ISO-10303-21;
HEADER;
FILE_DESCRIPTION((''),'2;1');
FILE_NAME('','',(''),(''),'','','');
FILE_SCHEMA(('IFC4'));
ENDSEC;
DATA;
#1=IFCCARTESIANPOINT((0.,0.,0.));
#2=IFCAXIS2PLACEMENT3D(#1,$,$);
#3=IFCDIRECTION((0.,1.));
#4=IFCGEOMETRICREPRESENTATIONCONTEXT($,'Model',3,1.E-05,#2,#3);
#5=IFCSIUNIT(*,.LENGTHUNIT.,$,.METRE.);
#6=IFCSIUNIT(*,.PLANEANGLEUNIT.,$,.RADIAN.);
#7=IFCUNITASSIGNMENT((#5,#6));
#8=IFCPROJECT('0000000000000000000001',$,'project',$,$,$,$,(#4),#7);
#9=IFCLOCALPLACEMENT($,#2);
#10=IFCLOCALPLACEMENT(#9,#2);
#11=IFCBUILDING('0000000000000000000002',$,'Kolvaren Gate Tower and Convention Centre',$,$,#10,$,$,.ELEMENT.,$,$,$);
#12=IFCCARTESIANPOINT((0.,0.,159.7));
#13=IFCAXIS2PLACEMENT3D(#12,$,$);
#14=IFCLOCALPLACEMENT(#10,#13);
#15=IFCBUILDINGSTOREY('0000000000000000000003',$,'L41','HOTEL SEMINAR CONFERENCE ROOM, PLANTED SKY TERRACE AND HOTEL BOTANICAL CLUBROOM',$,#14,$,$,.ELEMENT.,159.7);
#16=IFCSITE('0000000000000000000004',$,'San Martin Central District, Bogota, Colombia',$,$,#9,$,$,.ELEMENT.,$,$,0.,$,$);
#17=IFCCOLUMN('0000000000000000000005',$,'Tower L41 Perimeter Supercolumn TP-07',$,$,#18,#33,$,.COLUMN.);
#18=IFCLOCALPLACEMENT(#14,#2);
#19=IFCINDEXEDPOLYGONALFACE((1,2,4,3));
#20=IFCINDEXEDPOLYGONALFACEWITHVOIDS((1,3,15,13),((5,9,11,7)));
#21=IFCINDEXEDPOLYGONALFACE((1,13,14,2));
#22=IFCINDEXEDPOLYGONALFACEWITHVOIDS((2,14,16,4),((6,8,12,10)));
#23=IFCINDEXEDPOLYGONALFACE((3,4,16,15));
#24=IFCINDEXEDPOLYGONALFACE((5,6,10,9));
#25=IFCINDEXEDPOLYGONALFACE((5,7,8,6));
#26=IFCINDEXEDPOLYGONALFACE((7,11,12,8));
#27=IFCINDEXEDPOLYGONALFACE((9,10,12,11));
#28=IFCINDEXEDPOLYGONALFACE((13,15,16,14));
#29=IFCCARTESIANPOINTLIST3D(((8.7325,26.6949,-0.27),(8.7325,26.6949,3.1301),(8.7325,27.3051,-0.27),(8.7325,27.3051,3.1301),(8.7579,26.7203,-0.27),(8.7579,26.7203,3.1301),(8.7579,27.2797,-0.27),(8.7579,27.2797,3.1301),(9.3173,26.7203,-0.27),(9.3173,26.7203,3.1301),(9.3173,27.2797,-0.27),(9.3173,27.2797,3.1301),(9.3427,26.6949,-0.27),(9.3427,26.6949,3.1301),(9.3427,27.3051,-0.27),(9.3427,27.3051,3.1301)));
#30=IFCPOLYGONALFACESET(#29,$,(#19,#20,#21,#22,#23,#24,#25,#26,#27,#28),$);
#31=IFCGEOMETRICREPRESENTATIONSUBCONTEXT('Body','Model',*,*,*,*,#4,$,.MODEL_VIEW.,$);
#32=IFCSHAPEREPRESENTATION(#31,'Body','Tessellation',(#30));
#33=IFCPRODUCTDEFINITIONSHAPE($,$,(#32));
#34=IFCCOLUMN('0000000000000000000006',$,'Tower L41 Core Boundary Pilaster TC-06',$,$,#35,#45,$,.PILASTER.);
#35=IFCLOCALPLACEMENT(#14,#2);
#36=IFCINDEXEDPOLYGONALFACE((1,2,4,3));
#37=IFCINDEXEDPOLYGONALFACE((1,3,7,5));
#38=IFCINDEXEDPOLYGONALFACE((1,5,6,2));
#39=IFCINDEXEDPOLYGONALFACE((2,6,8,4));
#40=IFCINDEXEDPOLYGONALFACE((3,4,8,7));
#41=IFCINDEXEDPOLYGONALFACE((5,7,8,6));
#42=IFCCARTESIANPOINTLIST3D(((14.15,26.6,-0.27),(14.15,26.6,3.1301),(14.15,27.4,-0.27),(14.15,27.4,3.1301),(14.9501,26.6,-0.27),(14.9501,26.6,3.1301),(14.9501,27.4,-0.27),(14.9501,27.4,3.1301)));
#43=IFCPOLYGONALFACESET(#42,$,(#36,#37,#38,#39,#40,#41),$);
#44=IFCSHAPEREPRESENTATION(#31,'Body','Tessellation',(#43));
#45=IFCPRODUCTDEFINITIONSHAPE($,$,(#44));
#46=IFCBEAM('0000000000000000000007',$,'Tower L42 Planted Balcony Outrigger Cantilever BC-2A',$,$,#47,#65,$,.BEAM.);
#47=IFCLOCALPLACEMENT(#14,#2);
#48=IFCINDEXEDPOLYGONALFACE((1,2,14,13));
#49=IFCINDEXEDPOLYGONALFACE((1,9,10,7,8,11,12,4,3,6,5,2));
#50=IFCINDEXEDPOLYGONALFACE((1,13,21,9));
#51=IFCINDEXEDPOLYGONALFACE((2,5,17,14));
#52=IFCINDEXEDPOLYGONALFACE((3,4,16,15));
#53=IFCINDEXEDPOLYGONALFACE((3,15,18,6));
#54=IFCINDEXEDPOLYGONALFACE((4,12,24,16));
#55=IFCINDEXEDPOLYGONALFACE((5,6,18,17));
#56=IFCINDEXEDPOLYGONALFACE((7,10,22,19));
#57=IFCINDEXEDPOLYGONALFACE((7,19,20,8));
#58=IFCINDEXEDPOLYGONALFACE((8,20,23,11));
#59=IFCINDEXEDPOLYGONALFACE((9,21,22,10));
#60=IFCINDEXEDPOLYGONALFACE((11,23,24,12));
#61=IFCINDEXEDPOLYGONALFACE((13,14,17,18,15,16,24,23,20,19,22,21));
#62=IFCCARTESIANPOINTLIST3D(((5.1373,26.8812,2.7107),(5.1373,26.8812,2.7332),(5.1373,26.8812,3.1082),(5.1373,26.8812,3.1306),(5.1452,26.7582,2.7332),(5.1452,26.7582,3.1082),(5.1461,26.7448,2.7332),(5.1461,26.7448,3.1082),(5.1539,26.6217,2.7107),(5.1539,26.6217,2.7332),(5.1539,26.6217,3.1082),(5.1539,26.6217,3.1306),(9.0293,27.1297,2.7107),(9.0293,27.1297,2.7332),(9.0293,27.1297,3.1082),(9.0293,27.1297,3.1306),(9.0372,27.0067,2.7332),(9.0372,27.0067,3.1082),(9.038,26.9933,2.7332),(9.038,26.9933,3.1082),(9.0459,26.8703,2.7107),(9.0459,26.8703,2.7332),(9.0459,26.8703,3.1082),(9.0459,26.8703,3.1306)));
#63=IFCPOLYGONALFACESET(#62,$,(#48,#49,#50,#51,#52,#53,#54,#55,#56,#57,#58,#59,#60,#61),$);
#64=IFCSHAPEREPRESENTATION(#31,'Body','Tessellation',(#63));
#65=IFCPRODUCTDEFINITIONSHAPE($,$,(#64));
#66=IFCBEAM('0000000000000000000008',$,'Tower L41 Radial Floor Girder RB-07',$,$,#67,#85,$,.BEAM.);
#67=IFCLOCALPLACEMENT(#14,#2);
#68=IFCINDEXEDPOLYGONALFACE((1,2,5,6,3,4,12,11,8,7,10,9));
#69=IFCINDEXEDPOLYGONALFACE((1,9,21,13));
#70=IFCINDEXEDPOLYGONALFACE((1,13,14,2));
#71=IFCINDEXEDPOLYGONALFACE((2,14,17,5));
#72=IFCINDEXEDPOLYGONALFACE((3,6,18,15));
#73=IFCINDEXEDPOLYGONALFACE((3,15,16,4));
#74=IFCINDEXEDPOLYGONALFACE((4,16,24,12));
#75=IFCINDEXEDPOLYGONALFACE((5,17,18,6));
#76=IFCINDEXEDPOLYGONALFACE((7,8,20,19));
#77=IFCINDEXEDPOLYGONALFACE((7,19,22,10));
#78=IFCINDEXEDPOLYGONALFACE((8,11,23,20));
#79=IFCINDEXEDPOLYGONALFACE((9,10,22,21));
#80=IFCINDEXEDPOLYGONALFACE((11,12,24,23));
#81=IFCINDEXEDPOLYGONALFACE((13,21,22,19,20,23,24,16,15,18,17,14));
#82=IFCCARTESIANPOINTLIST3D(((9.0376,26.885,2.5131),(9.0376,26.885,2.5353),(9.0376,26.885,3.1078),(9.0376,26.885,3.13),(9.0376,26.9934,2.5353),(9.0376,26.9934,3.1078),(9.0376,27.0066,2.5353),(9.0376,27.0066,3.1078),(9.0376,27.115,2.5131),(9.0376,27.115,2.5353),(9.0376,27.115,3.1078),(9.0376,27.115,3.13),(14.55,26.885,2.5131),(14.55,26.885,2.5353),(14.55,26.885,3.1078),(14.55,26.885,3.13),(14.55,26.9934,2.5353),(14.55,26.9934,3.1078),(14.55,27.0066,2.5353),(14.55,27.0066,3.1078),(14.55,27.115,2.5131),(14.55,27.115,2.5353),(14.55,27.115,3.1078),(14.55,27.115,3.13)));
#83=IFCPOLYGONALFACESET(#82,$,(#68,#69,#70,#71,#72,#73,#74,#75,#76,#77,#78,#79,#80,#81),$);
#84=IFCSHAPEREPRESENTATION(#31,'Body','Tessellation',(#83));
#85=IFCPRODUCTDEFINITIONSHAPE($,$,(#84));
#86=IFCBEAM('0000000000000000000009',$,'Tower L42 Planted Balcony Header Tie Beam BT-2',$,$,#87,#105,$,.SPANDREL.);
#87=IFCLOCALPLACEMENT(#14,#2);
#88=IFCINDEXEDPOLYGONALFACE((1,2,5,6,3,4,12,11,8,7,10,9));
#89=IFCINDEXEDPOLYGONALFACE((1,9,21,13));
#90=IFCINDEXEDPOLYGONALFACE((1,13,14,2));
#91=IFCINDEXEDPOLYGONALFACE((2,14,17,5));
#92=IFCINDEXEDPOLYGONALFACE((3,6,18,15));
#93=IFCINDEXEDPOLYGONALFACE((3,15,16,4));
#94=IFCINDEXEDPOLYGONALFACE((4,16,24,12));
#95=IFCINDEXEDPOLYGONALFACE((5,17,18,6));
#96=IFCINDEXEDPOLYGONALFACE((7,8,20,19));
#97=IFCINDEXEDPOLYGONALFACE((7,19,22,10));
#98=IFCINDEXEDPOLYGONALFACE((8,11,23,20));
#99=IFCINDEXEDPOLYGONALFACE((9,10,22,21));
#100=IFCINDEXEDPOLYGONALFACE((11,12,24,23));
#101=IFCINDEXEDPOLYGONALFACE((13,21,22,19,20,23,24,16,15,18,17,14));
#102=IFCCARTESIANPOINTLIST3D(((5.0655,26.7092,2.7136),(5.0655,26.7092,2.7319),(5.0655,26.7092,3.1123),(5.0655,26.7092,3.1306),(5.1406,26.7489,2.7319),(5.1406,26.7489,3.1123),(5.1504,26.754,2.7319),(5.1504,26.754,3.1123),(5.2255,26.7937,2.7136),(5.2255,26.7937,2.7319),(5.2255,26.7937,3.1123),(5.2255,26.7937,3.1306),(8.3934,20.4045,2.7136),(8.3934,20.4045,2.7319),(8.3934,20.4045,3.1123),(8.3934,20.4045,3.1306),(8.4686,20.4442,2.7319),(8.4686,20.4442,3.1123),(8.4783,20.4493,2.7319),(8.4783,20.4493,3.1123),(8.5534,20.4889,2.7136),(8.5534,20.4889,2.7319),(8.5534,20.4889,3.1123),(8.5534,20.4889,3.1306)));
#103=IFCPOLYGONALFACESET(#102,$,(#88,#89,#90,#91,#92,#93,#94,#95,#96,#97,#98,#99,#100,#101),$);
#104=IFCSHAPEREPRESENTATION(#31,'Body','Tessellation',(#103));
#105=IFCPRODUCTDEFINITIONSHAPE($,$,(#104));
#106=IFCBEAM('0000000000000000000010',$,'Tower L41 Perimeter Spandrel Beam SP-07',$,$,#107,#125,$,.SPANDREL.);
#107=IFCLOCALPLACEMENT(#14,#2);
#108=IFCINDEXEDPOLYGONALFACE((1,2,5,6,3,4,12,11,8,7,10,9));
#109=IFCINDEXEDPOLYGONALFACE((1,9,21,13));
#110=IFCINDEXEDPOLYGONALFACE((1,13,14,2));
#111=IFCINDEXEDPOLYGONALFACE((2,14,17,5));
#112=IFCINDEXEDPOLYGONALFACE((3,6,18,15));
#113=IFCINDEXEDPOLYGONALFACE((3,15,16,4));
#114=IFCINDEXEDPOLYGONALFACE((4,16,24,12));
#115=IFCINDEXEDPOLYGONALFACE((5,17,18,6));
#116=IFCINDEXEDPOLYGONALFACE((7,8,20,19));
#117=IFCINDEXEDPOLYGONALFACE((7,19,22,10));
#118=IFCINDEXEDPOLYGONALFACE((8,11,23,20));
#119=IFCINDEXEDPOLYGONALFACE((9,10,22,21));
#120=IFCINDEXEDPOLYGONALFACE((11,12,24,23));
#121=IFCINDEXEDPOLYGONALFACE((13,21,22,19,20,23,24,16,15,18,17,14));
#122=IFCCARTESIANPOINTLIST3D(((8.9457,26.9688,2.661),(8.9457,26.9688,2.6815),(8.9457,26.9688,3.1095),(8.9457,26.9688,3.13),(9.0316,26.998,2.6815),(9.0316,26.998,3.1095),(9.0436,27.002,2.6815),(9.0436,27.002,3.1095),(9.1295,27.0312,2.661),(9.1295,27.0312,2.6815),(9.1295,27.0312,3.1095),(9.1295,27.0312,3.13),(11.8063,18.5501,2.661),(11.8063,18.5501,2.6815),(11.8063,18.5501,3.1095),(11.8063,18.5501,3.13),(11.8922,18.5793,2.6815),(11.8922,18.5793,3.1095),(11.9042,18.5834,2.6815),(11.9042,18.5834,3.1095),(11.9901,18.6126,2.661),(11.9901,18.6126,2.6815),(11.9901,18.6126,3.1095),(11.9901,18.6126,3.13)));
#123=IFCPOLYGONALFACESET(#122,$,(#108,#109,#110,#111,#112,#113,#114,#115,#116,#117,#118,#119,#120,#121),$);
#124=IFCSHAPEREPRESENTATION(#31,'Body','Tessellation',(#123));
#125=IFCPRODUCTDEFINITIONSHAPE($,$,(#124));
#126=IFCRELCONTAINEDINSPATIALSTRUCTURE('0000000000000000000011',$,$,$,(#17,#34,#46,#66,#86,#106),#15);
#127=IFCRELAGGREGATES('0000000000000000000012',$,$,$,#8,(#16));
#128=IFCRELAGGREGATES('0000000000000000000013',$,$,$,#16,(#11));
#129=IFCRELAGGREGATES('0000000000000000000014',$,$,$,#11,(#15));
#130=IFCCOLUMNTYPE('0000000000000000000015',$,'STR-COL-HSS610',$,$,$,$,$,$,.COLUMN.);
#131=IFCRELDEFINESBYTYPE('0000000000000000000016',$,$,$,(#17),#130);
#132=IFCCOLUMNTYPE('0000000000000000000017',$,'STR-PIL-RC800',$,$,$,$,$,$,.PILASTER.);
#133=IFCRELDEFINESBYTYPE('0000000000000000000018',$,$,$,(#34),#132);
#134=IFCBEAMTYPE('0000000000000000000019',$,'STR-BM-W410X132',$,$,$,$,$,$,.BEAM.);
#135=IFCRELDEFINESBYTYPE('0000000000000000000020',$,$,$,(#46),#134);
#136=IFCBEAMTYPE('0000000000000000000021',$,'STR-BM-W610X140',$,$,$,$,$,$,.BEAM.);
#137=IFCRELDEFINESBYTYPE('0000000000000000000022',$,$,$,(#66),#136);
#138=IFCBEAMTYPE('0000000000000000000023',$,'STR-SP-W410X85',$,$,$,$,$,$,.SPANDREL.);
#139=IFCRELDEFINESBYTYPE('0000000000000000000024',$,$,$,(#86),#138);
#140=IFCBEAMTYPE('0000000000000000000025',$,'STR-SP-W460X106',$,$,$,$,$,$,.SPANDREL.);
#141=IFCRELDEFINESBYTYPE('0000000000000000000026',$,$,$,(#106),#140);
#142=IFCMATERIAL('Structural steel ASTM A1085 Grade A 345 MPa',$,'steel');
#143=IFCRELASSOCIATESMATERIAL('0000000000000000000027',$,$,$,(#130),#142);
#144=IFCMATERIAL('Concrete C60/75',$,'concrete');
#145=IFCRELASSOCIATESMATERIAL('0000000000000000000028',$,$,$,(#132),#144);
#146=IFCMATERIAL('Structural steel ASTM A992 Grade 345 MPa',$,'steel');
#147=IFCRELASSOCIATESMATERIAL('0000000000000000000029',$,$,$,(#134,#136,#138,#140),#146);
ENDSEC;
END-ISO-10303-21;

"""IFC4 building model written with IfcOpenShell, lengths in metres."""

from ifc_helpers import new_model, si_unit, direction, frame, origin, origin_2d, place, context, subcontext, project, spatial, rectangle, hollow_rectangle, i_section, extrude, material, material_profile, profile_set, type_object, element, save


model = new_model("IFC4")

# Units and contexts
model_context = context("Model", 3, precision=1e-05, world=origin(), true_north=direction((0.0, 1.0)))
body_context = subcontext(model_context, "Body", "Model", "MODEL_VIEW")
ifc_project = project(units=[si_unit("LENGTHUNIT", "METRE"), si_unit("PLANEANGLEUNIT", "RADIAN")], contexts=[model_context])

# Site, building, storey
site_placement = place(None, origin())
site = spatial("IfcSite", under=ifc_project, at=site_placement, Name="San Martin Central District, Bogota, Colombia", CompositionType="ELEMENT", RefElevation=0.0)
building_placement = place(site_placement, origin())
building = spatial("IfcBuilding", under=site, at=building_placement, Name="Kolvaren Gate Tower and Convention Centre", CompositionType="ELEMENT")
storey_placement = place(building_placement, frame((0.0, 0.0, 159.7)))
storey = spatial("IfcBuildingStorey", under=building, at=storey_placement, Name="L41", Description="HOTEL SEMINAR CONFERENCE ROOM, PLANTED SKY TERRACE AND HOTEL BOTANICAL CLUBROOM", CompositionType="ELEMENT", Elevation=159.7)

# Columns
ifc_material_1 = material(Name="Structural steel ASTM A1085 Grade A 345 MPa", Category="steel")
ifc_material_profile_1 = material_profile(ifc_material_1, hollow_rectangle(XDim=0.6101, YDim=0.6101, WallThickness=0.0254, at=origin_2d()), Name="HSS610X610X25.4")
ifc_profile_set_1 = profile_set([ifc_material_profile_1], Name="Structural steel ASTM A1085 Grade A 345 MPa")
column_type_1 = type_object("IfcColumnType", Name="STR-COL-HSS610", PredefinedType="COLUMN", material=ifc_profile_set_1)
column_1_placement = place(storey_placement, frame((9.0376, 27.0, -0.27), z_axis=(0.0, 0.0, 1.0), x_axis=(1.0, 0.0, 0.0)))
element("IfcColumn", 1, at=column_1_placement, inside=storey, type_object=column_type_1, Name="Tower L41 Perimeter Supercolumn TP-07", PredefinedType="COLUMN", context=body_context, shape_type="SweptSolid", body=[
    extrude(hollow_rectangle(XDim=0.6101, YDim=0.6101, WallThickness=0.0254, at=origin_2d()), origin(), (0.0, 0.0, 1.0), 3.4001),
])
ifc_material_2 = material(Name="Concrete C60/75", Category="concrete")
ifc_material_profile_2 = material_profile(ifc_material_2, rectangle(XDim=0.8, YDim=0.8, at=origin_2d()), Name="RC-COL-800X800")
ifc_profile_set_2 = profile_set([ifc_material_profile_2], Name="Concrete C60/75")
column_type_2 = type_object("IfcColumnType", Name="STR-PIL-RC800", PredefinedType="PILASTER", material=ifc_profile_set_2)
column_2_placement = place(storey_placement, frame((14.55, 27.0, -0.27), z_axis=(0.0, 0.0, 1.0), x_axis=(1.0, 0.0, 0.0)))
element("IfcColumn", 2, at=column_2_placement, inside=storey, type_object=column_type_2, Name="Tower L41 Core Boundary Pilaster TC-06", PredefinedType="PILASTER", context=body_context, shape_type="SweptSolid", body=[
    extrude(rectangle(XDim=0.8, YDim=0.8, at=origin_2d()), origin(), (0.0, 0.0, 1.0), 3.4001),
])

# Beams
ifc_material_3 = material(Name="Structural steel ASTM A992 Grade 345 MPa", Category="steel")
ifc_material_profile_3 = material_profile(ifc_material_3, i_section(OverallWidth=0.26, OverallDepth=0.4199, WebThickness=0.0134, FlangeThickness=0.0225, at=origin_2d()), Name="W410X132")
ifc_profile_set_3 = profile_set([ifc_material_profile_3], Name="Structural steel ASTM A992 Grade 345 MPa")
beam_type_1 = type_object("IfcBeamType", Name="STR-BM-W410X132", PredefinedType="BEAM", material=ifc_profile_set_3)
beam_1_placement = place(storey_placement, frame((9.0376, 27.0, 2.9207), z_axis=(-0.997967, -0.063727, 0.0), x_axis=(0.063727, -0.997967, 0.0)))
element("IfcBeam", 3, at=beam_1_placement, inside=storey, type_object=beam_type_1, Name="Tower L42 Planted Balcony Outrigger Cantilever BC-2A", PredefinedType="BEAM", context=body_context, shape_type="SweptSolid", body=[
    extrude(i_section(OverallWidth=0.26, OverallDepth=0.4199, WebThickness=0.0134, FlangeThickness=0.0225, at=origin_2d()), origin(), (0.0, 0.0, 1.0), 3.8999),
])
ifc_material_profile_4 = material_profile(ifc_material_3, i_section(OverallWidth=0.23, OverallDepth=0.6169, WebThickness=0.0132, FlangeThickness=0.0222, at=origin_2d()), Name="W610X140")
ifc_profile_set_4 = profile_set([ifc_material_profile_4], Name="Structural steel ASTM A992 Grade 345 MPa")
beam_type_2 = type_object("IfcBeamType", Name="STR-BM-W610X140", PredefinedType="BEAM", material=ifc_profile_set_4)
beam_2_placement = place(storey_placement, frame((14.55, 27.0, 2.8215), z_axis=(-1.0, 0.0, 0.0), x_axis=(0.0, -1.0, 0.0)))
element("IfcBeam", 4, at=beam_2_placement, inside=storey, type_object=beam_type_2, Name="Tower L41 Radial Floor Girder RB-07", PredefinedType="BEAM", context=body_context, shape_type="SweptSolid", body=[
    extrude(i_section(OverallWidth=0.23, OverallDepth=0.6169, WebThickness=0.0132, FlangeThickness=0.0222, at=origin_2d()), origin(), (0.0, 0.0, 1.0), 5.5125),
])
ifc_material_profile_5 = material_profile(ifc_material_3, i_section(OverallWidth=0.1809, OverallDepth=0.417, WebThickness=0.011, FlangeThickness=0.0183, at=origin_2d()), Name="W410X85")
ifc_profile_set_5 = profile_set([ifc_material_profile_5], Name="Structural steel ASTM A992 Grade 345 MPa")
beam_type_3 = type_object("IfcBeamType", Name="STR-SP-W410X85", PredefinedType="SPANDREL", material=ifc_profile_set_5)
beam_3_placement = place(storey_placement, frame((5.1455, 26.7515, 2.9221), z_axis=(0.466803, -0.884361, 0.0), x_axis=(0.884361, 0.466803, 0.0)))
element("IfcBeam", 5, at=beam_3_placement, inside=storey, type_object=beam_type_3, Name="Tower L42 Planted Balcony Header Tie Beam BT-2", PredefinedType="SPANDREL", context=body_context, shape_type="SweptSolid", body=[
    extrude(i_section(OverallWidth=0.1809, OverallDepth=0.417, WebThickness=0.011, FlangeThickness=0.0183, at=origin_2d()), origin(), (0.0, 0.0, 1.0), 7.1292),
])
ifc_material_profile_6 = material_profile(ifc_material_3, i_section(OverallWidth=0.1941, OverallDepth=0.469, WebThickness=0.0127, FlangeThickness=0.0205, at=origin_2d()), Name="W460X106")
ifc_profile_set_6 = profile_set([ifc_material_profile_6], Name="Structural steel ASTM A992 Grade 345 MPa")
beam_type_4 = type_object("IfcBeamType", Name="STR-SP-W460X106", PredefinedType="SPANDREL", material=ifc_profile_set_6)
beam_4_placement = place(storey_placement, frame((9.0376, 27.0, 2.8955), z_axis=(0.321725, -0.946833, 0.0), x_axis=(0.946833, 0.321725, 0.0)))
element("IfcBeam", 6, at=beam_4_placement, inside=storey, type_object=beam_type_4, Name="Tower L41 Perimeter Spandrel Beam SP-07", PredefinedType="SPANDREL", context=body_context, shape_type="SweptSolid", body=[
    extrude(i_section(OverallWidth=0.1941, OverallDepth=0.469, WebThickness=0.0127, FlangeThickness=0.0205, at=origin_2d()), origin(), (0.0, 0.0, 1.0), 8.8914),
])

save(model, "model.ifc")
